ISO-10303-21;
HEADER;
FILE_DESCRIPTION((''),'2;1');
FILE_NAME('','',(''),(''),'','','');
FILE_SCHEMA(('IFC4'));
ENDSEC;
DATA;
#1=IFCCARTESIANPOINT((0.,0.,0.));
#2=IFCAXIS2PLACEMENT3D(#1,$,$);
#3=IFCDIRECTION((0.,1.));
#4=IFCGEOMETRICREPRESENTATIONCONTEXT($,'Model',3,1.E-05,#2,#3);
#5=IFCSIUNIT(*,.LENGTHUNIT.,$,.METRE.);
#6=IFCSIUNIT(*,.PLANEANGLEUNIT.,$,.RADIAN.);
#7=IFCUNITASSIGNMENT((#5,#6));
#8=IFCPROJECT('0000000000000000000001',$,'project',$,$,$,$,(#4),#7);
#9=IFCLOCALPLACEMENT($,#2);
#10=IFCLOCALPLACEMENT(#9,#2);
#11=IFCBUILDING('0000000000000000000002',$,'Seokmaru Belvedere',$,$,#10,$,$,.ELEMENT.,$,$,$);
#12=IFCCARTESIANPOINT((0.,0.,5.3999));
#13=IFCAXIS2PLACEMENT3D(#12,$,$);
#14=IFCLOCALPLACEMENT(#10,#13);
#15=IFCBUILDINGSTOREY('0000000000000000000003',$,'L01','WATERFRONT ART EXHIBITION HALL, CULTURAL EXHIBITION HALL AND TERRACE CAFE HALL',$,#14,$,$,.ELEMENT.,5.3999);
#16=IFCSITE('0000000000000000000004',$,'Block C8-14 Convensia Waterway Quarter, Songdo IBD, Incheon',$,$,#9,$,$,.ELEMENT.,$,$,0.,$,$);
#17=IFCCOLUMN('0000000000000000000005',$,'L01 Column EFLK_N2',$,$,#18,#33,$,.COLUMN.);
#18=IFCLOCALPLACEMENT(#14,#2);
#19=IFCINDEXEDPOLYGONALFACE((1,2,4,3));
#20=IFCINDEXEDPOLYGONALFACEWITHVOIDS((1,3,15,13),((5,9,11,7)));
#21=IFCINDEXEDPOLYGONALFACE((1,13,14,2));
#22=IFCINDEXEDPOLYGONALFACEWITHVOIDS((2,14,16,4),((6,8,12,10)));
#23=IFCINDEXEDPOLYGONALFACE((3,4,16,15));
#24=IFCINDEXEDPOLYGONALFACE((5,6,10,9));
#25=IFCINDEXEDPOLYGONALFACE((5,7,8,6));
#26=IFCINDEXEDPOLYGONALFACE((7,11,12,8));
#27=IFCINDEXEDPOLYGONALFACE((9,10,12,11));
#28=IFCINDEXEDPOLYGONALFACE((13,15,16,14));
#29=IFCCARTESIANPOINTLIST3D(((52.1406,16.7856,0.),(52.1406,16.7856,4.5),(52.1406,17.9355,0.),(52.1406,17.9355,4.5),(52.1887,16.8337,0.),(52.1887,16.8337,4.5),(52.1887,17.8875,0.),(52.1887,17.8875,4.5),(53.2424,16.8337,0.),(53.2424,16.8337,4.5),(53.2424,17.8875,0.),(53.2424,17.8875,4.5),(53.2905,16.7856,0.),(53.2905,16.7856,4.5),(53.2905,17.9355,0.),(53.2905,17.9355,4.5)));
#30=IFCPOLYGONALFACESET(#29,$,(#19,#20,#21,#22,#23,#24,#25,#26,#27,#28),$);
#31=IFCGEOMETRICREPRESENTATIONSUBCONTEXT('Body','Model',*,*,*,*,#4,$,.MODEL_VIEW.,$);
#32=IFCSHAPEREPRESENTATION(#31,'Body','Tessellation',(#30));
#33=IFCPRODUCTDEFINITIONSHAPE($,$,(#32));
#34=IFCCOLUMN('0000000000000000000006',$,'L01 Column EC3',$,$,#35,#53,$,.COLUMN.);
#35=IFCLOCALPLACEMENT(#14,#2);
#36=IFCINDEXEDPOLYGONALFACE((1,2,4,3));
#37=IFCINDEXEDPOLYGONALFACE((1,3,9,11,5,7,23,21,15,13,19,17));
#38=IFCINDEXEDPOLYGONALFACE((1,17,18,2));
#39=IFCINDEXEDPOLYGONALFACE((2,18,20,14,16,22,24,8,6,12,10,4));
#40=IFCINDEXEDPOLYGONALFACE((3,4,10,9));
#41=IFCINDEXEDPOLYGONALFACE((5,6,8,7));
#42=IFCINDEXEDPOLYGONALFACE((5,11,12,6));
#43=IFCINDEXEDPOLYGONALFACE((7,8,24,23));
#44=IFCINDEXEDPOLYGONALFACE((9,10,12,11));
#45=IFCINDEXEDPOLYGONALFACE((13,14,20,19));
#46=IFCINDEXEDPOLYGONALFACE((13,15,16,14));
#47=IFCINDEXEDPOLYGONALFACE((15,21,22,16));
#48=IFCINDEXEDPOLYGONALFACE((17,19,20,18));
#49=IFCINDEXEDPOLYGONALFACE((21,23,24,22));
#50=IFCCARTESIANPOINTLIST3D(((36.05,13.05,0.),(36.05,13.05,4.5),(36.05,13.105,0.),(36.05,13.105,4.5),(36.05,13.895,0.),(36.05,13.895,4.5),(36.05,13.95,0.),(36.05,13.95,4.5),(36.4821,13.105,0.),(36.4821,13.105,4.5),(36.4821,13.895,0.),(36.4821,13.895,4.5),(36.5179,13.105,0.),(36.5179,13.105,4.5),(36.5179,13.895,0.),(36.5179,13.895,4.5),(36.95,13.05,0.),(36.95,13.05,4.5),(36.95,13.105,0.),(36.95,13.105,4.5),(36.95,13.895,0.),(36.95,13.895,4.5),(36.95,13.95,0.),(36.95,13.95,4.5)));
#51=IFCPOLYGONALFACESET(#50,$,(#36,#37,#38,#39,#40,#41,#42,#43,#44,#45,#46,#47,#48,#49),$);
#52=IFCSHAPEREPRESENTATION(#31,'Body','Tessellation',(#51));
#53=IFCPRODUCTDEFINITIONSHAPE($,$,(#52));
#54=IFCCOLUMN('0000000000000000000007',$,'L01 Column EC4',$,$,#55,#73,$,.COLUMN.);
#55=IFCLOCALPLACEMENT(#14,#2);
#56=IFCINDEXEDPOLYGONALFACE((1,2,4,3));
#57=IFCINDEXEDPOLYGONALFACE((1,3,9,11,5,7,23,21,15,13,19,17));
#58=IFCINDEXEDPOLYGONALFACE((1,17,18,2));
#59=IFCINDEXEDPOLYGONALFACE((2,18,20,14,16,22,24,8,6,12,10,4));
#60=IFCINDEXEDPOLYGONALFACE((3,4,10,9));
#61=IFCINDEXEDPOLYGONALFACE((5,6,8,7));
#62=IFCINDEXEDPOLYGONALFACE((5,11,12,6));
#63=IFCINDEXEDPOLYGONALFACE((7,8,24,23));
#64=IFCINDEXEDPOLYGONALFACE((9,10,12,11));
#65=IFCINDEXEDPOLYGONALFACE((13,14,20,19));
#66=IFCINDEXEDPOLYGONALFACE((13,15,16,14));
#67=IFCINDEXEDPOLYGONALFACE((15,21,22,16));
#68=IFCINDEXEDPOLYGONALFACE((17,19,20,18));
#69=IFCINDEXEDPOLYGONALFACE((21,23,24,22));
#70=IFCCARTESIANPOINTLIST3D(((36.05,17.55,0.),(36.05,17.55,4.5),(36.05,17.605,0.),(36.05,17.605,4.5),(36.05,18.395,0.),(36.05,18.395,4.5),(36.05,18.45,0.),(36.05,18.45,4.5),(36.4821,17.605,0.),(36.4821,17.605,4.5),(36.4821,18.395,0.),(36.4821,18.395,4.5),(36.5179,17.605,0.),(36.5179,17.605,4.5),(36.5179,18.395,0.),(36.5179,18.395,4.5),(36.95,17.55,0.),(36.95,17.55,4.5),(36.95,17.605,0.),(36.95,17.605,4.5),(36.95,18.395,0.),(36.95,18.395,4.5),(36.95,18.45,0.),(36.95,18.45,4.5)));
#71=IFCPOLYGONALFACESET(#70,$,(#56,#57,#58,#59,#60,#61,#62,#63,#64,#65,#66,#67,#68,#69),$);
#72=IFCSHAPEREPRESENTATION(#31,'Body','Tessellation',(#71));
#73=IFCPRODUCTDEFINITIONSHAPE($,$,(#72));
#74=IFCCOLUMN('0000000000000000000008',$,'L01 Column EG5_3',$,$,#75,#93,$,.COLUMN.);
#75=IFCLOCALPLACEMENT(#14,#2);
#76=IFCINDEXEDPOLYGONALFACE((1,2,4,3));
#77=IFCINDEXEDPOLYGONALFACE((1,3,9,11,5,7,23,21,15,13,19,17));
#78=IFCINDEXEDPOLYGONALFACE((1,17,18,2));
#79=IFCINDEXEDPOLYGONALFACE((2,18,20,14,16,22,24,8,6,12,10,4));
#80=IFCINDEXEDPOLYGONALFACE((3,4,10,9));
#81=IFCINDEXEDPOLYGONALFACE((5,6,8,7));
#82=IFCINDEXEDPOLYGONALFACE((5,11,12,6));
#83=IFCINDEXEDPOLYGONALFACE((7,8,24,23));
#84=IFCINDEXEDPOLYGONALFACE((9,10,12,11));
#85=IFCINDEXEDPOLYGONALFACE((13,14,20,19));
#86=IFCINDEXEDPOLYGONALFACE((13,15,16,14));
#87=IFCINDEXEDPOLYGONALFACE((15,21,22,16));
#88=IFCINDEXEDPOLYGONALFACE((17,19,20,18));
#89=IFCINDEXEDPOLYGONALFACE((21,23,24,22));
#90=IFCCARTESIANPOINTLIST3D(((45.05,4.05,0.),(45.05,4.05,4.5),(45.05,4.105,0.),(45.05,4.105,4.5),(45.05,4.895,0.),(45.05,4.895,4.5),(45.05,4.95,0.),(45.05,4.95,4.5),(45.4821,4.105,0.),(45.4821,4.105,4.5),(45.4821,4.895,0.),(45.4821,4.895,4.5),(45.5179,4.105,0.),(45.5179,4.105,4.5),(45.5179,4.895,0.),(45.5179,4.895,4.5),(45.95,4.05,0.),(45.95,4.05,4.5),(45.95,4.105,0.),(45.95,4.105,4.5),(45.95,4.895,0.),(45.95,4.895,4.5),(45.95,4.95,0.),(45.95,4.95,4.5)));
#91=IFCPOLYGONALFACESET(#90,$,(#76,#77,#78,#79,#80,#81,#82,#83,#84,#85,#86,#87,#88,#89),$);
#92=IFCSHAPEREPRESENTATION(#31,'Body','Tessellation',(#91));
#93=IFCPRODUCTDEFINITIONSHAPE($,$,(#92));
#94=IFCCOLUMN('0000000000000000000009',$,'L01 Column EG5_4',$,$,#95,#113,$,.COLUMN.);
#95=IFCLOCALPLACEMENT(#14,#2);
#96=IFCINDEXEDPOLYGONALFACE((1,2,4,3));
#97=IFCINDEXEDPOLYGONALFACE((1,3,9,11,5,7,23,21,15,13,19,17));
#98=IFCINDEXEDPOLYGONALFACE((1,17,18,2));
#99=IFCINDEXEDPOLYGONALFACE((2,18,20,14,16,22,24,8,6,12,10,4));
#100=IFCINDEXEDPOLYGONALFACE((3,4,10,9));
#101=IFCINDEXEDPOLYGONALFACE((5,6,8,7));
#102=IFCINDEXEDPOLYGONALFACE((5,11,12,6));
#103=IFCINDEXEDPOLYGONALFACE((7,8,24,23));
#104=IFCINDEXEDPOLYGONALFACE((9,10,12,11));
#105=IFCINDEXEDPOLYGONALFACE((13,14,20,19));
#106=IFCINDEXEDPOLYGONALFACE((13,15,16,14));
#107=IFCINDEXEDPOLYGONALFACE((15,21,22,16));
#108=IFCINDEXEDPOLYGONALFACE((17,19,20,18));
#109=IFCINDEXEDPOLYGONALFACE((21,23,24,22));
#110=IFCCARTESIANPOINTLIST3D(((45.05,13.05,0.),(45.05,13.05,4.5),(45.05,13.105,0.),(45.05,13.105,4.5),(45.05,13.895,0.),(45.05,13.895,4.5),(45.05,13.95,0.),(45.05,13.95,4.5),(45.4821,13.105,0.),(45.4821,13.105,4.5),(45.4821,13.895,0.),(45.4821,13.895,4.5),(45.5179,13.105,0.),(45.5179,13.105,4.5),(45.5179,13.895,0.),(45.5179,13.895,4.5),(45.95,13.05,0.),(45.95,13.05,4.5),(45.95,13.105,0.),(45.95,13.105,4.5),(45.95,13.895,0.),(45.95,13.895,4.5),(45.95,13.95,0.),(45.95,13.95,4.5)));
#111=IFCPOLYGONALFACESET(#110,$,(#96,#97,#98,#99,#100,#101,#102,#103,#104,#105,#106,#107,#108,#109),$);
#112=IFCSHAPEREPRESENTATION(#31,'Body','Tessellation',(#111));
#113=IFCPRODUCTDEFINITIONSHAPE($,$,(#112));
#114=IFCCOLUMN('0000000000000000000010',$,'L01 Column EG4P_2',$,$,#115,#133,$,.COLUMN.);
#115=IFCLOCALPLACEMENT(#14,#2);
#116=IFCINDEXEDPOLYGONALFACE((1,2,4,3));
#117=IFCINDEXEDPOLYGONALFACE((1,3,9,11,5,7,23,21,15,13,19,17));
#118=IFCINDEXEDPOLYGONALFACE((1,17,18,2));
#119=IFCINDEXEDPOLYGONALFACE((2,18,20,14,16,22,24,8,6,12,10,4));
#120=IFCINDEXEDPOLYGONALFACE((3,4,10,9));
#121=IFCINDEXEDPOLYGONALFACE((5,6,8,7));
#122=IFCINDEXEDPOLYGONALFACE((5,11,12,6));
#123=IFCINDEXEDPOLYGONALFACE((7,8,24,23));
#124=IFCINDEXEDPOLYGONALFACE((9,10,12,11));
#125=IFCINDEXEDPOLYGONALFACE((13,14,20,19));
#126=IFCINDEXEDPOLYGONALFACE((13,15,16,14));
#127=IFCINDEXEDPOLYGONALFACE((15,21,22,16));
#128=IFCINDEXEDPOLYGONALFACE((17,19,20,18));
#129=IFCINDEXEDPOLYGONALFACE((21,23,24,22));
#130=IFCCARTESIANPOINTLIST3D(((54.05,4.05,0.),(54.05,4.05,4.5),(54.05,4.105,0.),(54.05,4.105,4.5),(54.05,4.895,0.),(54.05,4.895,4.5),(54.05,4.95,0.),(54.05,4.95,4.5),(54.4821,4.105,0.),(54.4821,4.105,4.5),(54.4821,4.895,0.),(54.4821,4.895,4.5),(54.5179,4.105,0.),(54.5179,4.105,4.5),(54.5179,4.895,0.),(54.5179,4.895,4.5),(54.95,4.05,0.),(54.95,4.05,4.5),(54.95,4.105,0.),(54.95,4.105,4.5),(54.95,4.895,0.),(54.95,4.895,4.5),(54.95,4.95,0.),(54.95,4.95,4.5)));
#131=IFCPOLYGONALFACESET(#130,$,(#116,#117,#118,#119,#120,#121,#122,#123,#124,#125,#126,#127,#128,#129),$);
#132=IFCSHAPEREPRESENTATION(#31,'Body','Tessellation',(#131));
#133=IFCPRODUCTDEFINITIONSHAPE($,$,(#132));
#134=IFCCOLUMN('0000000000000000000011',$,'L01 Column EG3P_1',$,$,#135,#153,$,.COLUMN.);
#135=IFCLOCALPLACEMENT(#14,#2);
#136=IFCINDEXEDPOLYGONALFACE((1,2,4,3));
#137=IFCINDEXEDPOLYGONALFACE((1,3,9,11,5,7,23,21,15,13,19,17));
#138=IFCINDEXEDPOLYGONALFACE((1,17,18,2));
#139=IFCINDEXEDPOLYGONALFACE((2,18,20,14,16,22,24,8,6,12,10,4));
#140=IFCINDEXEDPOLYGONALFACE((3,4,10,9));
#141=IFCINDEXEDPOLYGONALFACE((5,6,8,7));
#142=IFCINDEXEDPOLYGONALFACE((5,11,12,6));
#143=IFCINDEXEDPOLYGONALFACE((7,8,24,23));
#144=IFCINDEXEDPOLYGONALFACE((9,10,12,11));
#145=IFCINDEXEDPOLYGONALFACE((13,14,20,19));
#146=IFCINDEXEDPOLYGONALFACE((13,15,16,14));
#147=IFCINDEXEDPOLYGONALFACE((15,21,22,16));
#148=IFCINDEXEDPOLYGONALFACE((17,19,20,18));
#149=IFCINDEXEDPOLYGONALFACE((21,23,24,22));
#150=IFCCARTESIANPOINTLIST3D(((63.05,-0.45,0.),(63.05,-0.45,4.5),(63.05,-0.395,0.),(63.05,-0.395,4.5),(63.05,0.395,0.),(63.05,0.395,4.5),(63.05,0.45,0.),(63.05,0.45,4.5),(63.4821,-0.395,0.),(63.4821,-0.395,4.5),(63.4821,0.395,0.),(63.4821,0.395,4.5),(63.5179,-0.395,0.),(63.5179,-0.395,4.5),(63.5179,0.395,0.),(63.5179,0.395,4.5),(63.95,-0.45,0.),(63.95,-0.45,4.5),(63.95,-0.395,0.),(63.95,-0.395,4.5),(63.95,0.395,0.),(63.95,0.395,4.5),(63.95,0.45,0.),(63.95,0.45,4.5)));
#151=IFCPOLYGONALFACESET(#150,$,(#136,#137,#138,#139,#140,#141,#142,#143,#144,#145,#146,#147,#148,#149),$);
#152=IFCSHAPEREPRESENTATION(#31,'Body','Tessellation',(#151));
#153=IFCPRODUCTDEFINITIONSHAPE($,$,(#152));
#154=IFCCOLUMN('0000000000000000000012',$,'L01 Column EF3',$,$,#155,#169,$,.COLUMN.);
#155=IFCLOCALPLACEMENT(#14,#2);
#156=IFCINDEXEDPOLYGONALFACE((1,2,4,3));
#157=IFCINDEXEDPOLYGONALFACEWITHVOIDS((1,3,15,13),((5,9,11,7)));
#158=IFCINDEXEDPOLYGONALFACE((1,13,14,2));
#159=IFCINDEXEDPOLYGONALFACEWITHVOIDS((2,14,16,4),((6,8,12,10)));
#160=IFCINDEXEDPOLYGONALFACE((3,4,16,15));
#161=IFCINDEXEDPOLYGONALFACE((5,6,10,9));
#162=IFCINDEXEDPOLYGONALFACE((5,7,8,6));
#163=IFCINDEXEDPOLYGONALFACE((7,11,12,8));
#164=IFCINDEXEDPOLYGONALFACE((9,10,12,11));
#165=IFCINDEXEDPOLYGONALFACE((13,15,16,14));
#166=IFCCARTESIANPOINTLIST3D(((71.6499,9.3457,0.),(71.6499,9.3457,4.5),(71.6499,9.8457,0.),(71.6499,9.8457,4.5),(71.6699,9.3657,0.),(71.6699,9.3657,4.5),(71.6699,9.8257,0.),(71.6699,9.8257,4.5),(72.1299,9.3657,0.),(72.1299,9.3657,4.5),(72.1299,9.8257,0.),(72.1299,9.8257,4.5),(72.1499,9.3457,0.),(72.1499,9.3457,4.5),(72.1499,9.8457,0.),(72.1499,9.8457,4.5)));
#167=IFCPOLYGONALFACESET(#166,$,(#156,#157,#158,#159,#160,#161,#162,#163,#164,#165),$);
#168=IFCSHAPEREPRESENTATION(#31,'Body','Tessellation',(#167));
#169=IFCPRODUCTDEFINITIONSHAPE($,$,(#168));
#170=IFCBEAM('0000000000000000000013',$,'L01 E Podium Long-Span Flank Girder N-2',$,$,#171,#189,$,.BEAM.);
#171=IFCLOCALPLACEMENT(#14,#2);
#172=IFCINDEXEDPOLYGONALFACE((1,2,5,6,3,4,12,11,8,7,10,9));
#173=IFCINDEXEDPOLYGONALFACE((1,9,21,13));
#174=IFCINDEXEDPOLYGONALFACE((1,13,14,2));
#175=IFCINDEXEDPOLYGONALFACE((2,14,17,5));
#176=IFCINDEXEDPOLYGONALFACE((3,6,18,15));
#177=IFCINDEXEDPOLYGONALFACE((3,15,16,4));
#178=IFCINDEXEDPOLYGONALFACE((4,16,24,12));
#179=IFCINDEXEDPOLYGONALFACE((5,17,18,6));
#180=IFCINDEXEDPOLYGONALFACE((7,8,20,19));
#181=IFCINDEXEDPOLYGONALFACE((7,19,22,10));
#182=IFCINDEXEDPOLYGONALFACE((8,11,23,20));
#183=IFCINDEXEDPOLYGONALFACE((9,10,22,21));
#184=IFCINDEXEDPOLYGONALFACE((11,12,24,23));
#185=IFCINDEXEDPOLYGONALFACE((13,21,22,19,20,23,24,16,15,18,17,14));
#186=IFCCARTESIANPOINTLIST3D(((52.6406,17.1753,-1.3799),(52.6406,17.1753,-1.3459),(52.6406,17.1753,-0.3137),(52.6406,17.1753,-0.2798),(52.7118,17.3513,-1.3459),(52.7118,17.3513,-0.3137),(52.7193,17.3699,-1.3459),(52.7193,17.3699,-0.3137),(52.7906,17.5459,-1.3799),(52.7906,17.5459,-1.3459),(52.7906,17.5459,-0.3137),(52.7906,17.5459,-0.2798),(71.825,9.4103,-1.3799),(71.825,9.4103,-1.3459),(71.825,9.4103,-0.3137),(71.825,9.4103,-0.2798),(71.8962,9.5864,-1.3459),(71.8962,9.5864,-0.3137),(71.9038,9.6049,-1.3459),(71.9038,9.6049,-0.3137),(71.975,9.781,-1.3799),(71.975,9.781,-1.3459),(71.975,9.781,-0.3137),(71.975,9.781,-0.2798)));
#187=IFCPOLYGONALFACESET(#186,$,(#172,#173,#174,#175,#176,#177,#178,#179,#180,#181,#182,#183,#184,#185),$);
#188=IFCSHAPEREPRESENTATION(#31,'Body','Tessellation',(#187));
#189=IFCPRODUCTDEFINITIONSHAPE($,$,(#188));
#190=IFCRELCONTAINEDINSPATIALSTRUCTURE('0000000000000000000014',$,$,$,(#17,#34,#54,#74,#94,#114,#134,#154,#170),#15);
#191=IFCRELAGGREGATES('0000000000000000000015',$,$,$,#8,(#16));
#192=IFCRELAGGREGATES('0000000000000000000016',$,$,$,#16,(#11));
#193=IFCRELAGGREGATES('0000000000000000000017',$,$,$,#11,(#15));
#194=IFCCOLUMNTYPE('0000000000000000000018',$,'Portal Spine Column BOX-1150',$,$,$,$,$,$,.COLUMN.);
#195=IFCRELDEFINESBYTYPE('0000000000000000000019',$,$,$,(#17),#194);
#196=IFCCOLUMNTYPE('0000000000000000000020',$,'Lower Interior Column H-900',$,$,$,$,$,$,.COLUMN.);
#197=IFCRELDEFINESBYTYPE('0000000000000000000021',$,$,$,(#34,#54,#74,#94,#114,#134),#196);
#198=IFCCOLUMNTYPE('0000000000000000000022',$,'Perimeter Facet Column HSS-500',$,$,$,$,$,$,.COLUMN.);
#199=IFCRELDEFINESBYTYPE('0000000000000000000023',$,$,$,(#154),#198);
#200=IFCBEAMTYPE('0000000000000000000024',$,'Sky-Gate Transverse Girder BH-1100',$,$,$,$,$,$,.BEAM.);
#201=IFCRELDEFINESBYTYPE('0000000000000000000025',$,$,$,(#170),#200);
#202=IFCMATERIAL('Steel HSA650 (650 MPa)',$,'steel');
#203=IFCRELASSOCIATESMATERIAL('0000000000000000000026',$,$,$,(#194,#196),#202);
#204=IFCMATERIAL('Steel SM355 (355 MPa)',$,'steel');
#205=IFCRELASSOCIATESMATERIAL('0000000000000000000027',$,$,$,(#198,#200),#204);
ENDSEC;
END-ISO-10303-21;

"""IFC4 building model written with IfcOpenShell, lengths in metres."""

from ifc_helpers import new_model, si_unit, direction, frame, origin, origin_2d, place, context, subcontext, project, spatial, hollow_rectangle, i_section, extrude, source, transform, mapped, material, material_profile, profile_set, type_object, type_shapes, element, save


model = new_model("IFC4")

# Units and contexts
model_context = context("Model", 3, precision=1e-05, world=origin(), true_north=direction((0.0, 1.0)))
body_context = subcontext(model_context, "Body", "Model", "MODEL_VIEW")
ifc_project = project(units=[si_unit("LENGTHUNIT", "METRE"), si_unit("PLANEANGLEUNIT", "RADIAN")], contexts=[model_context])

# Site, building, storey
site_placement = place(None, origin())
site = spatial("IfcSite", under=ifc_project, at=site_placement, Name="Block C8-14 Convensia Waterway Quarter, Songdo IBD, Incheon", CompositionType="ELEMENT", RefElevation=0.0)
building_placement = place(site_placement, origin())
building = spatial("IfcBuilding", under=site, at=building_placement, Name="Seokmaru Belvedere", CompositionType="ELEMENT")
storey_placement = place(building_placement, frame((0.0, 0.0, 5.3999)))
storey = spatial("IfcBuildingStorey", under=building, at=storey_placement, Name="L01", Description="WATERFRONT ART EXHIBITION HALL, CULTURAL EXHIBITION HALL AND TERRACE CAFE HALL", CompositionType="ELEMENT", Elevation=5.3999)

# Columns
ifc_material_1 = material(Name="Steel HSA650 (650 MPa)", Category="steel")
ifc_material_profile_1 = material_profile(ifc_material_1, hollow_rectangle(XDim=1.1499, YDim=1.1499, WallThickness=0.0481, at=origin_2d()), Name="BOX-1150x1150x48")
ifc_profile_set_1 = profile_set([ifc_material_profile_1], Name="Steel HSA650 (650 MPa)")
column_type_1 = type_object("IfcColumnType", Name="Portal Spine Column BOX-1150", PredefinedType="COLUMN", material=ifc_profile_set_1)
shared_shape_1 = source(origin(), body_context, "Body", "SweptSolid", [
    extrude(hollow_rectangle(XDim=1.1499, YDim=1.1499, WallThickness=0.0481, at=origin_2d()), origin(), (0.0, 0.0, 1.0), 4.5),
])
type_shapes(column_type_1, [shared_shape_1])
column_1_placement = place(storey_placement, frame((52.7156, 17.3606, 0.0), z_axis=(0.0, 0.0, 1.0), x_axis=(1.0, 0.0, 0.0)))
element("IfcColumn", 1, at=column_1_placement, inside=storey, type_object=column_type_1, Name="L01 Column EFLK_N2", PredefinedType="COLUMN", context=body_context, shape_type="MappedRepresentation", body=[
    mapped(shared_shape_1, transform((0.0, 0.0, 0.0), scale=1.0)),
])
ifc_material_profile_2 = material_profile(ifc_material_1, i_section(OverallWidth=0.8999, OverallDepth=0.8999, WebThickness=0.0359, FlangeThickness=0.0549, at=origin_2d()), Name="H-900x900x36x55")
ifc_profile_set_2 = profile_set([ifc_material_profile_2], Name="Steel HSA650 (650 MPa)")
column_type_2 = type_object("IfcColumnType", Name="Lower Interior Column H-900", PredefinedType="COLUMN", material=ifc_profile_set_2)
shared_shape_2 = source(origin(), body_context, "Body", "SweptSolid", [
    extrude(i_section(OverallWidth=0.8999, OverallDepth=0.8999, WebThickness=0.0359, FlangeThickness=0.0549, at=origin_2d()), origin(), (0.0, 0.0, 1.0), 4.5),
])
type_shapes(column_type_2, [shared_shape_2])
for number, where, z_axis, x_axis, name in (
    (2, (36.5, 13.5, 0.0), (0.0, 0.0, 1.0), (1.0, 0.0, 0.0), "L01 Column EC3"),
    (3, (36.5, 18.0, 0.0), (0.0, 0.0, 1.0), (1.0, 0.0, 0.0), "L01 Column EC4"),
    (4, (45.5, 4.5, 0.0), (0.0, 0.0, 1.0), (1.0, 0.0, 0.0), "L01 Column EG5_3"),
    (5, (45.5, 13.5, 0.0), (0.0, 0.0, 1.0), (1.0, 0.0, 0.0), "L01 Column EG5_4"),
    (6, (54.5, 4.5, 0.0), (0.0, 0.0, 1.0), (1.0, 0.0, 0.0), "L01 Column EG4P_2"),
    (7, (63.5, 0.0, 0.0), (0.0, 0.0, 1.0), (1.0, 0.0, 0.0), "L01 Column EG3P_1"),
):
    element("IfcColumn", number, at=place(storey_placement, frame(where, z_axis=z_axis, x_axis=x_axis)), inside=storey, type_object=column_type_2, Name=name, PredefinedType="COLUMN", context=body_context, shape_type="MappedRepresentation", body=[
        mapped(shared_shape_2, transform((0.0, 0.0, 0.0), scale=1.0)),
    ])
ifc_material_2 = material(Name="Steel SM355 (355 MPa)", Category="steel")
ifc_material_profile_3 = material_profile(ifc_material_2, hollow_rectangle(XDim=0.5, YDim=0.5, WallThickness=0.02, at=origin_2d()), Name="HSS-500x500x20")
ifc_profile_set_3 = profile_set([ifc_material_profile_3], Name="Steel SM355 (355 MPa)")
column_type_3 = type_object("IfcColumnType", Name="Perimeter Facet Column HSS-500", PredefinedType="COLUMN", material=ifc_profile_set_3)
shared_shape_3 = source(origin(), body_context, "Body", "SweptSolid", [
    extrude(hollow_rectangle(XDim=0.5, YDim=0.5, WallThickness=0.02, at=origin_2d()), origin(), (0.0, 0.0, 1.0), 4.5),
])
type_shapes(column_type_3, [shared_shape_3])
column_2_placement = place(storey_placement, frame((71.8999, 9.5957, 0.0), z_axis=(0.0, 0.0, 1.0), x_axis=(1.0, 0.0, 0.0)))
element("IfcColumn", 8, at=column_2_placement, inside=storey, type_object=column_type_3, Name="L01 Column EF3", PredefinedType="COLUMN", context=body_context, shape_type="MappedRepresentation", body=[
    mapped(shared_shape_3, transform((0.0, 0.0, 0.0), scale=1.0)),
])

# Beam
ifc_material_profile_4 = material_profile(ifc_material_2, i_section(OverallWidth=0.3999, OverallDepth=1.1001, WebThickness=0.02, FlangeThickness=0.0339, at=origin_2d()), Name="BH-1100x400x20x34")
ifc_profile_set_4 = profile_set([ifc_material_profile_4], Name="Steel SM355 (355 MPa)")
beam_type_1 = type_object("IfcBeamType", Name="Sky-Gate Transverse Girder BH-1100", PredefinedType="BEAM", material=ifc_profile_set_4)
shared_shape_4 = source(origin(), body_context, "Body", "SweptSolid", [
    extrude(i_section(OverallWidth=0.3999, OverallDepth=1.1001, WebThickness=0.02, FlangeThickness=0.0339, at=origin_2d()), origin(), (0.0, 0.0, 1.0), 20.6963),
])
type_shapes(beam_type_1, [shared_shape_4])
beam_1_placement = place(storey_placement, frame((52.7156, 17.3606, -0.8298), z_axis=(0.92695, -0.375185, 0.0), x_axis=(0.375185, 0.92695, 0.0)))
element("IfcBeam", 9, at=beam_1_placement, inside=storey, type_object=beam_type_1, Name="L01 E Podium Long-Span Flank Girder N-2", PredefinedType="BEAM", context=body_context, shape_type="MappedRepresentation", body=[
    mapped(shared_shape_4, transform((0.0, 0.0, 0.0), scale=1.0)),
])

save(model, "model.ifc")
